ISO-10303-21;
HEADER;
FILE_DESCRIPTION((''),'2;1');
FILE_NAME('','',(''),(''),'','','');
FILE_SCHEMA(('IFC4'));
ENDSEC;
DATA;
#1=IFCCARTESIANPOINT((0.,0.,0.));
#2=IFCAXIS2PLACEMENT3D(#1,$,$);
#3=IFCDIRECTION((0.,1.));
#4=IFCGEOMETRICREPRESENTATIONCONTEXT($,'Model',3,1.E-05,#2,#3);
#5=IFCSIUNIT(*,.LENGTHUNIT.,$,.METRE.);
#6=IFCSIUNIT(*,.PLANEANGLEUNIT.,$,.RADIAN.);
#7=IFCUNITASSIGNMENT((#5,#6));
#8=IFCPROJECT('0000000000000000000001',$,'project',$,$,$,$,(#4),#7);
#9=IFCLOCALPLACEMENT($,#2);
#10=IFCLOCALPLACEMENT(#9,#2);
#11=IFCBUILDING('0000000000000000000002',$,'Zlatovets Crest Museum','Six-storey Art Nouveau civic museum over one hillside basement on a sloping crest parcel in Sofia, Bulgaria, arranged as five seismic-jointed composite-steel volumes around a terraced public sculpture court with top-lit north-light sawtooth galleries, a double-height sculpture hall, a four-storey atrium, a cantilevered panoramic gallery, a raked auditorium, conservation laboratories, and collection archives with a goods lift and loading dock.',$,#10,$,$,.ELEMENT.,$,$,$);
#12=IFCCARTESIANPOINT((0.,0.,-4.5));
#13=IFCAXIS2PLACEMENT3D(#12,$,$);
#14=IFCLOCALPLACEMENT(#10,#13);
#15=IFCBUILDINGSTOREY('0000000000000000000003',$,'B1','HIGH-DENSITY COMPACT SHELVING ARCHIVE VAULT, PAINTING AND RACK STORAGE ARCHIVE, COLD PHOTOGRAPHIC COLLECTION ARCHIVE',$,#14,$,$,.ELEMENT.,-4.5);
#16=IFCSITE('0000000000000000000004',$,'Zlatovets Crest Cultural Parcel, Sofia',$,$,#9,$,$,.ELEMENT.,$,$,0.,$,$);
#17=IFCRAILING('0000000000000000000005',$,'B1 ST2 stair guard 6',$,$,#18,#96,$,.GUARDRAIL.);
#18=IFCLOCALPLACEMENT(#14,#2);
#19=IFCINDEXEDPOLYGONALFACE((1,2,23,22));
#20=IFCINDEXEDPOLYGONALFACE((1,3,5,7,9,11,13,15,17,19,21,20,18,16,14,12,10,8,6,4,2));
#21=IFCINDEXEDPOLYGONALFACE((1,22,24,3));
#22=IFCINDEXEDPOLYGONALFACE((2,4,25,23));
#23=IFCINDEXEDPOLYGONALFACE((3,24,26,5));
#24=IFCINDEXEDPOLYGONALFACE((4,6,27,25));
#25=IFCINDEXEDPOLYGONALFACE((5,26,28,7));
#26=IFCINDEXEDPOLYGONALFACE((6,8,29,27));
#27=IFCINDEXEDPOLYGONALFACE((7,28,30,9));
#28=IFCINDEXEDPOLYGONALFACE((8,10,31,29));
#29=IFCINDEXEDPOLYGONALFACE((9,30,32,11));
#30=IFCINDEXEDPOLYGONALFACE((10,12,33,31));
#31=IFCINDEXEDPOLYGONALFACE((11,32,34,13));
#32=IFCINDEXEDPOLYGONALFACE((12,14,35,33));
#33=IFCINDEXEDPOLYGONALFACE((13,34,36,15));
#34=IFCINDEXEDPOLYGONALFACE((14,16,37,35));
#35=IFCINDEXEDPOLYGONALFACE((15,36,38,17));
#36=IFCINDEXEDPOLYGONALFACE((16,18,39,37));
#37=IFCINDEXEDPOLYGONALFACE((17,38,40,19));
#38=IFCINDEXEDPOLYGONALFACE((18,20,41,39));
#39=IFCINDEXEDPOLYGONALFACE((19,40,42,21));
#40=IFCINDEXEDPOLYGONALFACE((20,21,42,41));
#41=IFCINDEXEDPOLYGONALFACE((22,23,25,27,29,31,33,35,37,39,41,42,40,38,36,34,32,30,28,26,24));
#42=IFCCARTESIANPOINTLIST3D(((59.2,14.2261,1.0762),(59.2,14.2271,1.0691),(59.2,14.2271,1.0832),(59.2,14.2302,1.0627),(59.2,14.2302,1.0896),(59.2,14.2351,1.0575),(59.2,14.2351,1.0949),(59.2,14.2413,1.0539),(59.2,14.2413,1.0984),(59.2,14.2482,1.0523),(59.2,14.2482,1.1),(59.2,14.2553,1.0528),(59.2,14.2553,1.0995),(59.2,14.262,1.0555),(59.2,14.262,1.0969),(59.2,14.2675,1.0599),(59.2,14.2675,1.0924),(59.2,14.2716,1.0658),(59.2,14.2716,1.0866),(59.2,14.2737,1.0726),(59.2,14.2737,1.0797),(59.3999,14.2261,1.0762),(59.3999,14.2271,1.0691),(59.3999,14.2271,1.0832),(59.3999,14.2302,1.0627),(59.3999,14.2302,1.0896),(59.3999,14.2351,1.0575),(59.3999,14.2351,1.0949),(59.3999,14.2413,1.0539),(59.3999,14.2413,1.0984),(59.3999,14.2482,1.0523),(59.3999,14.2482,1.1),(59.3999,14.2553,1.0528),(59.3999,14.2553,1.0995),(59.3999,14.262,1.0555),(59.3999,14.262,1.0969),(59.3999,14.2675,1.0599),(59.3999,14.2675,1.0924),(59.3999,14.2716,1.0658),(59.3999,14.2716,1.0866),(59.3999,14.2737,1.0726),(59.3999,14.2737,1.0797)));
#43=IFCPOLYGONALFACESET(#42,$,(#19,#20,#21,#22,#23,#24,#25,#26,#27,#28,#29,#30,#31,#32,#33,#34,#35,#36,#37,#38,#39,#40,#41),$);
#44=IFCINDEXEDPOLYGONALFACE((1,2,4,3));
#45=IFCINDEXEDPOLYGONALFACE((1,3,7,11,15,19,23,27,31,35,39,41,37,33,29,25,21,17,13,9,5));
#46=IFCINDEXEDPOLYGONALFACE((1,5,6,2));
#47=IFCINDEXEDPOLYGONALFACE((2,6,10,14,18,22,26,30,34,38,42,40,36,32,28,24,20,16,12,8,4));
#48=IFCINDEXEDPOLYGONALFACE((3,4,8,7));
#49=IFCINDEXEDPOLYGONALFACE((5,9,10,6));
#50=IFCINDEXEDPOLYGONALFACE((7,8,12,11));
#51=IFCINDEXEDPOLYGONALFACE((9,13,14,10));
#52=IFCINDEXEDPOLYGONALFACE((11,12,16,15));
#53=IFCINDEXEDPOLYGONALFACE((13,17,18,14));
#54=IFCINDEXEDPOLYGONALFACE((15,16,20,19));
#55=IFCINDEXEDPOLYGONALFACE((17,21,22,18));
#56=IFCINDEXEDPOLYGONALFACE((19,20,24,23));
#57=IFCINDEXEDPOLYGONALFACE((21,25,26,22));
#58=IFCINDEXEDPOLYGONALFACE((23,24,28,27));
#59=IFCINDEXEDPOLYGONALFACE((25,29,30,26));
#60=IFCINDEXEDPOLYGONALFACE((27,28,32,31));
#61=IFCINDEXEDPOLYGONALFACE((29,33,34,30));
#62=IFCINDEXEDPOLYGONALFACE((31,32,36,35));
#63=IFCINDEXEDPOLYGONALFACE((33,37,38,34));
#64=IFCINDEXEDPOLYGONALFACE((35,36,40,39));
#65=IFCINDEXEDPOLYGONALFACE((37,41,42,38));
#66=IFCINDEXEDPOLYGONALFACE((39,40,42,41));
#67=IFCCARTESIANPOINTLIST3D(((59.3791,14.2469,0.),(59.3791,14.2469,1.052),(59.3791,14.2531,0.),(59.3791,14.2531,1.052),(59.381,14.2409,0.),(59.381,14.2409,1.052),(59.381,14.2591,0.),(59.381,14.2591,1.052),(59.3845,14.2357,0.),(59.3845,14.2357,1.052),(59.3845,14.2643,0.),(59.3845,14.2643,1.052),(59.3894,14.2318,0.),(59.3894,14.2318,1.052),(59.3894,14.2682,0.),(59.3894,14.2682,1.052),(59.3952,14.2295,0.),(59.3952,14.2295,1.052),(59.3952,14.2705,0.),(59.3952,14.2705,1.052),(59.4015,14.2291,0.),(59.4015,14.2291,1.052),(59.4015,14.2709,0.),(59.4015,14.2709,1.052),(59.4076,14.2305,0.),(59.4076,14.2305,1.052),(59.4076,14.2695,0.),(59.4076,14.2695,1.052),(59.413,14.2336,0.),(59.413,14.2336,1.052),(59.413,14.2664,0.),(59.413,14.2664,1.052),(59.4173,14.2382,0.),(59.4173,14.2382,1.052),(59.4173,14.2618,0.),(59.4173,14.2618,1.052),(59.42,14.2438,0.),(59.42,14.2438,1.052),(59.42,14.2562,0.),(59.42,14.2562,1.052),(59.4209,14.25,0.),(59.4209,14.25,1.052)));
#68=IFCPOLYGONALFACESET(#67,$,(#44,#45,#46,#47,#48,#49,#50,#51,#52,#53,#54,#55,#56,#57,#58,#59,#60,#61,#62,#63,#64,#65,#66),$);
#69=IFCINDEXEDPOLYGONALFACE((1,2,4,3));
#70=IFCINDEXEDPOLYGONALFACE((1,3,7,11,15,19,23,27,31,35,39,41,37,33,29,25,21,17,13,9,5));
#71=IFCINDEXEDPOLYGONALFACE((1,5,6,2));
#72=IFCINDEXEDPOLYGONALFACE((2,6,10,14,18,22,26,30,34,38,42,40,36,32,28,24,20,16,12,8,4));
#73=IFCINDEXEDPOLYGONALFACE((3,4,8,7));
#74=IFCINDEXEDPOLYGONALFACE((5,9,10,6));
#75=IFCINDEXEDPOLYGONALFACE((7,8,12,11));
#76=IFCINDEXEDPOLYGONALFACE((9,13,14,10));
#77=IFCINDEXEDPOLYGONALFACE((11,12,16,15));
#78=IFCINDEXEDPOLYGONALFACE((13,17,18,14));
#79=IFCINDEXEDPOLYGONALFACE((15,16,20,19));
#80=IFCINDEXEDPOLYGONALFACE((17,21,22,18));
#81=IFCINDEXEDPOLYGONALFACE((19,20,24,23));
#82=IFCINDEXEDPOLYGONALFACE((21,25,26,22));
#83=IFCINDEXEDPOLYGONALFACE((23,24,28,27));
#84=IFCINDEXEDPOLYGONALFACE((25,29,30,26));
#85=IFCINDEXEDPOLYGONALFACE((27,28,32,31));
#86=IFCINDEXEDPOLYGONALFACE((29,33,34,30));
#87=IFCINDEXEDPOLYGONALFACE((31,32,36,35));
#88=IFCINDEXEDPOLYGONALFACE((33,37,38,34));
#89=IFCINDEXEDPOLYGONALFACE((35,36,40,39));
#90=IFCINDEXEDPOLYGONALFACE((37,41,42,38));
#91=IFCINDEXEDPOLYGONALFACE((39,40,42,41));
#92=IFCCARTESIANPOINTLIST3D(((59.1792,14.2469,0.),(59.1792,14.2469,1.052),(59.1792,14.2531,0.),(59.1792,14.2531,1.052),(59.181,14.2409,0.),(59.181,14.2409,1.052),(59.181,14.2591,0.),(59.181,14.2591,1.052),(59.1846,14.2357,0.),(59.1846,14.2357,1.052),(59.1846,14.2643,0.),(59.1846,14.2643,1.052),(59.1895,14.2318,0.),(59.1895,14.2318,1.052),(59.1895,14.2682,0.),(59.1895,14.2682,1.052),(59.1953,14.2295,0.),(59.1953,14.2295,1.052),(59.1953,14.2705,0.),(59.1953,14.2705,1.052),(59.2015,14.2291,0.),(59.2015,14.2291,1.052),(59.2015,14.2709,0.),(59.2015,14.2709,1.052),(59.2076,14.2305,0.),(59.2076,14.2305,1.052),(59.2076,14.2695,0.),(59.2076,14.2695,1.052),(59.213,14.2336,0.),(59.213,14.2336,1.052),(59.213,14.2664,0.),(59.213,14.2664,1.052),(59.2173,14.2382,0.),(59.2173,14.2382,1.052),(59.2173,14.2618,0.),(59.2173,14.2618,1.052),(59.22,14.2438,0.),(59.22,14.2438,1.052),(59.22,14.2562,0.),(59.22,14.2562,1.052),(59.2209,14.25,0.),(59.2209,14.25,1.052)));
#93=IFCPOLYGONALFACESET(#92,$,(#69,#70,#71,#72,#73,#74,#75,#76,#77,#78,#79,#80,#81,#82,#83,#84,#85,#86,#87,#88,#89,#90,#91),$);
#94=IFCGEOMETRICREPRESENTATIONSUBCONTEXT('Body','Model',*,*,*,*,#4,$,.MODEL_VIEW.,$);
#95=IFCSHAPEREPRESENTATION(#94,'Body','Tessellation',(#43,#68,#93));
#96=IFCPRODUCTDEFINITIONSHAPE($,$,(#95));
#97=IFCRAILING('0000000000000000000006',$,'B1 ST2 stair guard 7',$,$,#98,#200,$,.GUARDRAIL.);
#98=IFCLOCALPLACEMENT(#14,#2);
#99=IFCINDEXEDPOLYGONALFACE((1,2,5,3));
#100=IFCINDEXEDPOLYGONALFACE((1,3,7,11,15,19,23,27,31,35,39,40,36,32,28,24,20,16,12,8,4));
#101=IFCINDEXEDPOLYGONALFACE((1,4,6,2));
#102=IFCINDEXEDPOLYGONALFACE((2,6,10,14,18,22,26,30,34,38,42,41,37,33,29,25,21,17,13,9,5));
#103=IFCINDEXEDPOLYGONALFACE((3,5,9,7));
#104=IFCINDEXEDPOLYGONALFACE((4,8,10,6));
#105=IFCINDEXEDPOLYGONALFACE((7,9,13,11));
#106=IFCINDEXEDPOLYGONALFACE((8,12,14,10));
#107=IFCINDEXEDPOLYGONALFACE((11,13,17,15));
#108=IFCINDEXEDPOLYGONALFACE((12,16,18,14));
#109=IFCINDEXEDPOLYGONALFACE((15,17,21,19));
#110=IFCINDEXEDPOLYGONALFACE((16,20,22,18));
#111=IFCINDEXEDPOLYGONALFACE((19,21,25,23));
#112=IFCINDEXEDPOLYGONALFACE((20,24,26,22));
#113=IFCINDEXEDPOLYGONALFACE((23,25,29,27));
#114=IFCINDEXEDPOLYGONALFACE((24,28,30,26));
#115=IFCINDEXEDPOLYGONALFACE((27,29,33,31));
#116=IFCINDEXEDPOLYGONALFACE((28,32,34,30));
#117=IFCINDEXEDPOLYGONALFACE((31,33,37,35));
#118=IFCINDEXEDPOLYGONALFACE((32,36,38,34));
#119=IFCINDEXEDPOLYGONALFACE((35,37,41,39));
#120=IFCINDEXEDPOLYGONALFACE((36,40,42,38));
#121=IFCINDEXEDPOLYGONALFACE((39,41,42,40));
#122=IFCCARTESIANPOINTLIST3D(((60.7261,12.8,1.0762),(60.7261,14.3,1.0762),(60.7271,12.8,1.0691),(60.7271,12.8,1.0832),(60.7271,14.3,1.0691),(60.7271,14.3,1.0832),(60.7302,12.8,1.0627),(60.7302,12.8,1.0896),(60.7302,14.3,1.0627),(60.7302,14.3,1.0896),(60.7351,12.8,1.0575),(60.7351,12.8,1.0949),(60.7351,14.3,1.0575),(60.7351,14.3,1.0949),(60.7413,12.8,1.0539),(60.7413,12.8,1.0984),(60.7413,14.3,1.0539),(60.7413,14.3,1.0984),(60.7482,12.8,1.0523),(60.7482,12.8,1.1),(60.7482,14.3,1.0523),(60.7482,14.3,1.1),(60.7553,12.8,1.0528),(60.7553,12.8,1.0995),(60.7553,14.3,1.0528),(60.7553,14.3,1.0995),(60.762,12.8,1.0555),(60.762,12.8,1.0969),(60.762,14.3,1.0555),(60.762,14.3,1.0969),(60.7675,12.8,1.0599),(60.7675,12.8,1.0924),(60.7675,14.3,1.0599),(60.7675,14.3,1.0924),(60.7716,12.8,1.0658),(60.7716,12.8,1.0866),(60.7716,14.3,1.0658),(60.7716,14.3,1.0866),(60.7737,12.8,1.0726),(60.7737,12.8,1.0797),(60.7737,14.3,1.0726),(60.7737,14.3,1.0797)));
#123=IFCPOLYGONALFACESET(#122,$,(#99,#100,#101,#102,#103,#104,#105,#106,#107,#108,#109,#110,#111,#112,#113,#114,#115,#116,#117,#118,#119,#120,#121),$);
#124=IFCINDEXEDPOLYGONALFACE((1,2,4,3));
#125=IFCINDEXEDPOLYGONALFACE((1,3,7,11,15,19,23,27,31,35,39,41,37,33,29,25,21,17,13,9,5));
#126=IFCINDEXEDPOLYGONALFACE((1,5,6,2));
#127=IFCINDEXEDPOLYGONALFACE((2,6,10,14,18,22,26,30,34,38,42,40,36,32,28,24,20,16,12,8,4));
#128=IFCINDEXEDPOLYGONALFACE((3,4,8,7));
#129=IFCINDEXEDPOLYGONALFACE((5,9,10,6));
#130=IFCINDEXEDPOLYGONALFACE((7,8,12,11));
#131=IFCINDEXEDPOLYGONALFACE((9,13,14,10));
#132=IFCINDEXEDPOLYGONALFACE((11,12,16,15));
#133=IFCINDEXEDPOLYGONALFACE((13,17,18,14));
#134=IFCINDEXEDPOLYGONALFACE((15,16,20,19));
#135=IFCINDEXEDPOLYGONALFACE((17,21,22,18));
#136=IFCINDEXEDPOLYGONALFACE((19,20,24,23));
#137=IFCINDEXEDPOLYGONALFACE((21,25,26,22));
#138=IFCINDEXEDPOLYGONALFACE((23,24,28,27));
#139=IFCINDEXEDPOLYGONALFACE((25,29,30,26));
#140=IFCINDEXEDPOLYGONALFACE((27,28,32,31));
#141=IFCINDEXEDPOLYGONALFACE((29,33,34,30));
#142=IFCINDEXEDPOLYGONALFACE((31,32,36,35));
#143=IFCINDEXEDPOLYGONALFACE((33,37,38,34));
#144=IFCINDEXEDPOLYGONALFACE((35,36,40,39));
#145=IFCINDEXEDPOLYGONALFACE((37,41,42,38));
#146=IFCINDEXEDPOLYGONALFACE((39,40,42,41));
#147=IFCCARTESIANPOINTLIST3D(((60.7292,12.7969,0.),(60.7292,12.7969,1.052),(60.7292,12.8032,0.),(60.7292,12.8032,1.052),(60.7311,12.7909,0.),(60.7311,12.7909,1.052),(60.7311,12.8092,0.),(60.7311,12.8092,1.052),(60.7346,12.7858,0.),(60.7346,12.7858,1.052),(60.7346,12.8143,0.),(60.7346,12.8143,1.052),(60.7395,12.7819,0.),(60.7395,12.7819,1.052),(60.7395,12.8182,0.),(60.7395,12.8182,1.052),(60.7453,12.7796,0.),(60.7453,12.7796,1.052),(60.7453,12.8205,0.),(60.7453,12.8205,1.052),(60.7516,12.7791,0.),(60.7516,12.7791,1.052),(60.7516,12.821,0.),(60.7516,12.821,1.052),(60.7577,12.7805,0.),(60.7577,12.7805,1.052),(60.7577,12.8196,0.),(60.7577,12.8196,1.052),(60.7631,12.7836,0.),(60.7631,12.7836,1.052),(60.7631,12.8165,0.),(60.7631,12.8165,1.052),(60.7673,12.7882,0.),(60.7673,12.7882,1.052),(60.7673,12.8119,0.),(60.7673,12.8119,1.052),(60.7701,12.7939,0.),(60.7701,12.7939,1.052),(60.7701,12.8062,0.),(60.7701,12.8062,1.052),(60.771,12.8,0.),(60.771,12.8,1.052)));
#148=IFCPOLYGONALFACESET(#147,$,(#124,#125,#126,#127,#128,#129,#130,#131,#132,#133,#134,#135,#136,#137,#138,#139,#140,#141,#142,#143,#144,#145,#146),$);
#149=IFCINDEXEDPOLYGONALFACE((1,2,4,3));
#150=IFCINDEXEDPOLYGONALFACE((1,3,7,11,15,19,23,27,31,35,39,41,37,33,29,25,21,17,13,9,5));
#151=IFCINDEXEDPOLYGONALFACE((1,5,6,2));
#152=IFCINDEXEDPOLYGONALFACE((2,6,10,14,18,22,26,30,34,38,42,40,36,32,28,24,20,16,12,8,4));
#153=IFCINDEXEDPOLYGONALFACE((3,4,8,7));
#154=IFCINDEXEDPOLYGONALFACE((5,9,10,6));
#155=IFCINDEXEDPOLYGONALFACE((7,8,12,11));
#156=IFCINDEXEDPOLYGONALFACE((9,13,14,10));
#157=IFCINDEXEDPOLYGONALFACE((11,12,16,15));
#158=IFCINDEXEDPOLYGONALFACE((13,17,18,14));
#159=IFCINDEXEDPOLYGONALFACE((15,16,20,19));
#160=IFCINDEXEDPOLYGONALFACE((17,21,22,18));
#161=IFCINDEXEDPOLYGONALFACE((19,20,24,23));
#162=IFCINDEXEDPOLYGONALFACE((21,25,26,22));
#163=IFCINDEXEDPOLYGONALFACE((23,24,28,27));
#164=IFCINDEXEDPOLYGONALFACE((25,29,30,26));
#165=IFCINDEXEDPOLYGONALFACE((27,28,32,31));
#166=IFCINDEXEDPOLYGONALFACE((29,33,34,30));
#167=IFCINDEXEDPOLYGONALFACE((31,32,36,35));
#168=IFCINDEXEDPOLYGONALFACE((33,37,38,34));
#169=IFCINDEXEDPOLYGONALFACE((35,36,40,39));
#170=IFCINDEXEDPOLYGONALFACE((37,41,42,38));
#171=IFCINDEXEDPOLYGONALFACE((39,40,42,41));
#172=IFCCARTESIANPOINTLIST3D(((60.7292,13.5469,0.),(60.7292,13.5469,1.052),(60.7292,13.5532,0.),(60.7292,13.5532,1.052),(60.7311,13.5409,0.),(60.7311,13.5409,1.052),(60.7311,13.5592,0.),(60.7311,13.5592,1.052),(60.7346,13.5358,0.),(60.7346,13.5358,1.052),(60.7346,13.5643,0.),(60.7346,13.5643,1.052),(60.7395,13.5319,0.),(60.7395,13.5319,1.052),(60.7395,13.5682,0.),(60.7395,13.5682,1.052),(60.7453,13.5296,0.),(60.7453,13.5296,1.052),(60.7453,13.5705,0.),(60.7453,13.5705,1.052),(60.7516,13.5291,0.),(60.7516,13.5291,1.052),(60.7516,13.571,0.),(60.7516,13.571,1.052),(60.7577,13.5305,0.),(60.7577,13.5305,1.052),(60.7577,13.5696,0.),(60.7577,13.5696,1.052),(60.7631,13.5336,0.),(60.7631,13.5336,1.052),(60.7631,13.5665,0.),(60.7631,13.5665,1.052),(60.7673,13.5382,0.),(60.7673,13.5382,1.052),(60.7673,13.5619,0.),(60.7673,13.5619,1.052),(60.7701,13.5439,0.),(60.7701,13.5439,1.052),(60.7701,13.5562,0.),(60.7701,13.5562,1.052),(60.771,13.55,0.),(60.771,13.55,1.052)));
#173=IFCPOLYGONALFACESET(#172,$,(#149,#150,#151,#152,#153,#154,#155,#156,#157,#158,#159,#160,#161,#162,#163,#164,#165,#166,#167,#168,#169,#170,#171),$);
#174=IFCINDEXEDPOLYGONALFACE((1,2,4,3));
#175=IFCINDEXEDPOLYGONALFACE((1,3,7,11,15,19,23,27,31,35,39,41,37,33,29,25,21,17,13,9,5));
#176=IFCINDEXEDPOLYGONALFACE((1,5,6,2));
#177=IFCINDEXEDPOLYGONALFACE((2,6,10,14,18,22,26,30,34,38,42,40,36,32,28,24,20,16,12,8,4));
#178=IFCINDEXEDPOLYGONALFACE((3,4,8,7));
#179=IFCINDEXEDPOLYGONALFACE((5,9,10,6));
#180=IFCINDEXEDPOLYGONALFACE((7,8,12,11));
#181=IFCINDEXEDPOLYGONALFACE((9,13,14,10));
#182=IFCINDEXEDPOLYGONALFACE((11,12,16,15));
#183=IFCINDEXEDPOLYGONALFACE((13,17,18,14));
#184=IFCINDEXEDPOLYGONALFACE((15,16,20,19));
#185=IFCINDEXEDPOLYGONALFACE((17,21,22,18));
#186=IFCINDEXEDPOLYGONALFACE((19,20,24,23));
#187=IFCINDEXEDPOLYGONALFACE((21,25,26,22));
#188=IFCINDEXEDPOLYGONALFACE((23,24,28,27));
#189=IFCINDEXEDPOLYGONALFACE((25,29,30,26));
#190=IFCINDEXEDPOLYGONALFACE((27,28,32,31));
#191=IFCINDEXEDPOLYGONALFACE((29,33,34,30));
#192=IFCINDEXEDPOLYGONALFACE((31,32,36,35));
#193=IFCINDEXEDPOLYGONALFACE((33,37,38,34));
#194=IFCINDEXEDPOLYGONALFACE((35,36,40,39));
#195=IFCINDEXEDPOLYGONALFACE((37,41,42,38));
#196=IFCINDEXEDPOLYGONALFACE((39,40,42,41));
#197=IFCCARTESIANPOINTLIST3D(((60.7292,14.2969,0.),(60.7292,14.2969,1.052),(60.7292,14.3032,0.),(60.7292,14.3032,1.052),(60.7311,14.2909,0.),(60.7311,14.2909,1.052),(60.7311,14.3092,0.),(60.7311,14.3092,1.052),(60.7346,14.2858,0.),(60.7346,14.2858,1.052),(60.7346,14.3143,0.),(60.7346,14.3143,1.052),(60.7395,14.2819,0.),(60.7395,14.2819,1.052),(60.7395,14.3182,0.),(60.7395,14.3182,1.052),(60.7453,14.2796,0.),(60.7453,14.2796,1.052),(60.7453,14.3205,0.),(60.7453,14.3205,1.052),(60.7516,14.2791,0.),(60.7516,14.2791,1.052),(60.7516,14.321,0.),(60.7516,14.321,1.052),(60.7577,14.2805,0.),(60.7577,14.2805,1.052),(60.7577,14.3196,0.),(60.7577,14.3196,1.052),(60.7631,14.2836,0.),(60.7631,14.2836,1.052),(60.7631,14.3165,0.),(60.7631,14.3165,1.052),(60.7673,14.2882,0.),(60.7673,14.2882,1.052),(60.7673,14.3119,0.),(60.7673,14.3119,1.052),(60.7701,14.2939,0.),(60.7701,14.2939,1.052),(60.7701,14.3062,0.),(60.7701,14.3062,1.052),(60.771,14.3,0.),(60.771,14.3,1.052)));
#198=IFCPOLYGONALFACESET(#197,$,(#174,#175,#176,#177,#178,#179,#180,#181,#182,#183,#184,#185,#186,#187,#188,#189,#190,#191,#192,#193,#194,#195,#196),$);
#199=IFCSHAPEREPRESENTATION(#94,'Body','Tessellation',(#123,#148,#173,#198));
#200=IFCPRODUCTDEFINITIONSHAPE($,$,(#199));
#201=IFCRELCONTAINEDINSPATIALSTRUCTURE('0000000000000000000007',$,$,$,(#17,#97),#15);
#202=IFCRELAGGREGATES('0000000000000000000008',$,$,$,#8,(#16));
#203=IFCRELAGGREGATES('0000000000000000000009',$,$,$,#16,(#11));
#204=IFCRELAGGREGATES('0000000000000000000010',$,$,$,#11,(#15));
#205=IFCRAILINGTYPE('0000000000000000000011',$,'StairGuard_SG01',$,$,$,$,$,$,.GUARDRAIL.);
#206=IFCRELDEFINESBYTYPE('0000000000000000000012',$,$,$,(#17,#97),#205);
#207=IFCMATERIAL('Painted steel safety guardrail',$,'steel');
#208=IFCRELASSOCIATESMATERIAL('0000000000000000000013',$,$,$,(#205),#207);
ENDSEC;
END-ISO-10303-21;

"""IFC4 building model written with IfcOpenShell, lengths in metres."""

from ifc_helpers import new_model, si_unit, direction, frame, origin, origin_2d, place, context, subcontext, project, spatial, circle, extrude, material, type_object, element, save


model = new_model("IFC4")

# Units and contexts
model_context = context("Model", 3, precision=1e-05, world=origin(), true_north=direction((0.0, 1.0)))
body_context = subcontext(model_context, "Body", "Model", "MODEL_VIEW")
ifc_project = project(units=[si_unit("LENGTHUNIT", "METRE"), si_unit("PLANEANGLEUNIT", "RADIAN")], contexts=[model_context])

# Site, building, storey
site_placement = place(None, origin())
site = spatial("IfcSite", under=ifc_project, at=site_placement, Name="Zlatovets Crest Cultural Parcel, Sofia", CompositionType="ELEMENT", RefElevation=0.0)
building_placement = place(site_placement, origin())
building = spatial("IfcBuilding", under=site, at=building_placement, Name="Zlatovets Crest Museum", Description="Six-storey Art Nouveau civic museum over one hillside basement on a sloping crest parcel in Sofia, Bulgaria, arranged as five seismic-jointed composite-steel volumes around a terraced public sculpture court with top-lit north-light sawtooth galleries, a double-height sculpture hall, a four-storey atrium, a cantilevered panoramic gallery, a raked auditorium, conservation laboratories, and collection archives with a goods lift and loading dock.", CompositionType="ELEMENT")
storey_placement = place(building_placement, frame((0.0, 0.0, -4.5)))
storey = spatial("IfcBuildingStorey", under=building, at=storey_placement, Name="B1", Description="HIGH-DENSITY COMPACT SHELVING ARCHIVE VAULT, PAINTING AND RACK STORAGE ARCHIVE, COLD PHOTOGRAPHIC COLLECTION ARCHIVE", CompositionType="ELEMENT", Elevation=-4.5)

# Railings
ifc_material_1 = material(Name="Painted steel safety guardrail", Category="steel")
railing_type_1 = type_object("IfcRailingType", Name="StairGuard_SG01", PredefinedType="GUARDRAIL", material=ifc_material_1)
railing_1_placement = place(storey_placement, frame((59.3999, 14.25, 0.0)))
element("IfcRailing", 1, at=railing_1_placement, inside=storey, type_object=railing_type_1, Name="B1 ST2 stair guard 6", PredefinedType="GUARDRAIL", context=body_context, shape_type="SweptSolid", body=[
    extrude(circle(Radius=0.0239, at=origin_2d()), frame((0.0, 0.0, 1.0762), z_axis=(-1.0, 0.0, 0.0), x_axis=(0.0, -1.0, 0.0)), (0.0, 0.0, 1.0), 0.2),
    extrude(circle(Radius=0.021, at=origin_2d()), origin(), (0.0, 0.0, 1.0), 1.052),
    extrude(circle(Radius=0.021, at=origin_2d()), frame((-0.2, 0.0, 0.0)), (0.0, 0.0, 1.0), 1.052),
])
for number, where, name in (
    (2, (60.75, 12.8, 0.0), "B1 ST2 stair guard 7"),
):
    element("IfcRailing", number, at=place(storey_placement, frame(where)), inside=storey, type_object=railing_type_1, Name=name, PredefinedType="GUARDRAIL", context=body_context, shape_type="SweptSolid", body=[
        extrude(circle(Radius=0.0239, at=origin_2d()), frame((0.0, 0.0, 1.0762), z_axis=(0.0, 1.0, 0.0), x_axis=(-1.0, 0.0, 0.0)), (0.0, 0.0, 1.0), 1.5),
        extrude(circle(Radius=0.021, at=origin_2d()), origin(), (0.0, 0.0, 1.0), 1.052),
        extrude(circle(Radius=0.021, at=origin_2d()), frame((0.0, 0.75, 0.0)), (0.0, 0.0, 1.0), 1.052),
        extrude(circle(Radius=0.021, at=origin_2d()), frame((0.0, 1.5, 0.0)), (0.0, 0.0, 1.0), 1.052),
    ])

save(model, "model.ifc")
